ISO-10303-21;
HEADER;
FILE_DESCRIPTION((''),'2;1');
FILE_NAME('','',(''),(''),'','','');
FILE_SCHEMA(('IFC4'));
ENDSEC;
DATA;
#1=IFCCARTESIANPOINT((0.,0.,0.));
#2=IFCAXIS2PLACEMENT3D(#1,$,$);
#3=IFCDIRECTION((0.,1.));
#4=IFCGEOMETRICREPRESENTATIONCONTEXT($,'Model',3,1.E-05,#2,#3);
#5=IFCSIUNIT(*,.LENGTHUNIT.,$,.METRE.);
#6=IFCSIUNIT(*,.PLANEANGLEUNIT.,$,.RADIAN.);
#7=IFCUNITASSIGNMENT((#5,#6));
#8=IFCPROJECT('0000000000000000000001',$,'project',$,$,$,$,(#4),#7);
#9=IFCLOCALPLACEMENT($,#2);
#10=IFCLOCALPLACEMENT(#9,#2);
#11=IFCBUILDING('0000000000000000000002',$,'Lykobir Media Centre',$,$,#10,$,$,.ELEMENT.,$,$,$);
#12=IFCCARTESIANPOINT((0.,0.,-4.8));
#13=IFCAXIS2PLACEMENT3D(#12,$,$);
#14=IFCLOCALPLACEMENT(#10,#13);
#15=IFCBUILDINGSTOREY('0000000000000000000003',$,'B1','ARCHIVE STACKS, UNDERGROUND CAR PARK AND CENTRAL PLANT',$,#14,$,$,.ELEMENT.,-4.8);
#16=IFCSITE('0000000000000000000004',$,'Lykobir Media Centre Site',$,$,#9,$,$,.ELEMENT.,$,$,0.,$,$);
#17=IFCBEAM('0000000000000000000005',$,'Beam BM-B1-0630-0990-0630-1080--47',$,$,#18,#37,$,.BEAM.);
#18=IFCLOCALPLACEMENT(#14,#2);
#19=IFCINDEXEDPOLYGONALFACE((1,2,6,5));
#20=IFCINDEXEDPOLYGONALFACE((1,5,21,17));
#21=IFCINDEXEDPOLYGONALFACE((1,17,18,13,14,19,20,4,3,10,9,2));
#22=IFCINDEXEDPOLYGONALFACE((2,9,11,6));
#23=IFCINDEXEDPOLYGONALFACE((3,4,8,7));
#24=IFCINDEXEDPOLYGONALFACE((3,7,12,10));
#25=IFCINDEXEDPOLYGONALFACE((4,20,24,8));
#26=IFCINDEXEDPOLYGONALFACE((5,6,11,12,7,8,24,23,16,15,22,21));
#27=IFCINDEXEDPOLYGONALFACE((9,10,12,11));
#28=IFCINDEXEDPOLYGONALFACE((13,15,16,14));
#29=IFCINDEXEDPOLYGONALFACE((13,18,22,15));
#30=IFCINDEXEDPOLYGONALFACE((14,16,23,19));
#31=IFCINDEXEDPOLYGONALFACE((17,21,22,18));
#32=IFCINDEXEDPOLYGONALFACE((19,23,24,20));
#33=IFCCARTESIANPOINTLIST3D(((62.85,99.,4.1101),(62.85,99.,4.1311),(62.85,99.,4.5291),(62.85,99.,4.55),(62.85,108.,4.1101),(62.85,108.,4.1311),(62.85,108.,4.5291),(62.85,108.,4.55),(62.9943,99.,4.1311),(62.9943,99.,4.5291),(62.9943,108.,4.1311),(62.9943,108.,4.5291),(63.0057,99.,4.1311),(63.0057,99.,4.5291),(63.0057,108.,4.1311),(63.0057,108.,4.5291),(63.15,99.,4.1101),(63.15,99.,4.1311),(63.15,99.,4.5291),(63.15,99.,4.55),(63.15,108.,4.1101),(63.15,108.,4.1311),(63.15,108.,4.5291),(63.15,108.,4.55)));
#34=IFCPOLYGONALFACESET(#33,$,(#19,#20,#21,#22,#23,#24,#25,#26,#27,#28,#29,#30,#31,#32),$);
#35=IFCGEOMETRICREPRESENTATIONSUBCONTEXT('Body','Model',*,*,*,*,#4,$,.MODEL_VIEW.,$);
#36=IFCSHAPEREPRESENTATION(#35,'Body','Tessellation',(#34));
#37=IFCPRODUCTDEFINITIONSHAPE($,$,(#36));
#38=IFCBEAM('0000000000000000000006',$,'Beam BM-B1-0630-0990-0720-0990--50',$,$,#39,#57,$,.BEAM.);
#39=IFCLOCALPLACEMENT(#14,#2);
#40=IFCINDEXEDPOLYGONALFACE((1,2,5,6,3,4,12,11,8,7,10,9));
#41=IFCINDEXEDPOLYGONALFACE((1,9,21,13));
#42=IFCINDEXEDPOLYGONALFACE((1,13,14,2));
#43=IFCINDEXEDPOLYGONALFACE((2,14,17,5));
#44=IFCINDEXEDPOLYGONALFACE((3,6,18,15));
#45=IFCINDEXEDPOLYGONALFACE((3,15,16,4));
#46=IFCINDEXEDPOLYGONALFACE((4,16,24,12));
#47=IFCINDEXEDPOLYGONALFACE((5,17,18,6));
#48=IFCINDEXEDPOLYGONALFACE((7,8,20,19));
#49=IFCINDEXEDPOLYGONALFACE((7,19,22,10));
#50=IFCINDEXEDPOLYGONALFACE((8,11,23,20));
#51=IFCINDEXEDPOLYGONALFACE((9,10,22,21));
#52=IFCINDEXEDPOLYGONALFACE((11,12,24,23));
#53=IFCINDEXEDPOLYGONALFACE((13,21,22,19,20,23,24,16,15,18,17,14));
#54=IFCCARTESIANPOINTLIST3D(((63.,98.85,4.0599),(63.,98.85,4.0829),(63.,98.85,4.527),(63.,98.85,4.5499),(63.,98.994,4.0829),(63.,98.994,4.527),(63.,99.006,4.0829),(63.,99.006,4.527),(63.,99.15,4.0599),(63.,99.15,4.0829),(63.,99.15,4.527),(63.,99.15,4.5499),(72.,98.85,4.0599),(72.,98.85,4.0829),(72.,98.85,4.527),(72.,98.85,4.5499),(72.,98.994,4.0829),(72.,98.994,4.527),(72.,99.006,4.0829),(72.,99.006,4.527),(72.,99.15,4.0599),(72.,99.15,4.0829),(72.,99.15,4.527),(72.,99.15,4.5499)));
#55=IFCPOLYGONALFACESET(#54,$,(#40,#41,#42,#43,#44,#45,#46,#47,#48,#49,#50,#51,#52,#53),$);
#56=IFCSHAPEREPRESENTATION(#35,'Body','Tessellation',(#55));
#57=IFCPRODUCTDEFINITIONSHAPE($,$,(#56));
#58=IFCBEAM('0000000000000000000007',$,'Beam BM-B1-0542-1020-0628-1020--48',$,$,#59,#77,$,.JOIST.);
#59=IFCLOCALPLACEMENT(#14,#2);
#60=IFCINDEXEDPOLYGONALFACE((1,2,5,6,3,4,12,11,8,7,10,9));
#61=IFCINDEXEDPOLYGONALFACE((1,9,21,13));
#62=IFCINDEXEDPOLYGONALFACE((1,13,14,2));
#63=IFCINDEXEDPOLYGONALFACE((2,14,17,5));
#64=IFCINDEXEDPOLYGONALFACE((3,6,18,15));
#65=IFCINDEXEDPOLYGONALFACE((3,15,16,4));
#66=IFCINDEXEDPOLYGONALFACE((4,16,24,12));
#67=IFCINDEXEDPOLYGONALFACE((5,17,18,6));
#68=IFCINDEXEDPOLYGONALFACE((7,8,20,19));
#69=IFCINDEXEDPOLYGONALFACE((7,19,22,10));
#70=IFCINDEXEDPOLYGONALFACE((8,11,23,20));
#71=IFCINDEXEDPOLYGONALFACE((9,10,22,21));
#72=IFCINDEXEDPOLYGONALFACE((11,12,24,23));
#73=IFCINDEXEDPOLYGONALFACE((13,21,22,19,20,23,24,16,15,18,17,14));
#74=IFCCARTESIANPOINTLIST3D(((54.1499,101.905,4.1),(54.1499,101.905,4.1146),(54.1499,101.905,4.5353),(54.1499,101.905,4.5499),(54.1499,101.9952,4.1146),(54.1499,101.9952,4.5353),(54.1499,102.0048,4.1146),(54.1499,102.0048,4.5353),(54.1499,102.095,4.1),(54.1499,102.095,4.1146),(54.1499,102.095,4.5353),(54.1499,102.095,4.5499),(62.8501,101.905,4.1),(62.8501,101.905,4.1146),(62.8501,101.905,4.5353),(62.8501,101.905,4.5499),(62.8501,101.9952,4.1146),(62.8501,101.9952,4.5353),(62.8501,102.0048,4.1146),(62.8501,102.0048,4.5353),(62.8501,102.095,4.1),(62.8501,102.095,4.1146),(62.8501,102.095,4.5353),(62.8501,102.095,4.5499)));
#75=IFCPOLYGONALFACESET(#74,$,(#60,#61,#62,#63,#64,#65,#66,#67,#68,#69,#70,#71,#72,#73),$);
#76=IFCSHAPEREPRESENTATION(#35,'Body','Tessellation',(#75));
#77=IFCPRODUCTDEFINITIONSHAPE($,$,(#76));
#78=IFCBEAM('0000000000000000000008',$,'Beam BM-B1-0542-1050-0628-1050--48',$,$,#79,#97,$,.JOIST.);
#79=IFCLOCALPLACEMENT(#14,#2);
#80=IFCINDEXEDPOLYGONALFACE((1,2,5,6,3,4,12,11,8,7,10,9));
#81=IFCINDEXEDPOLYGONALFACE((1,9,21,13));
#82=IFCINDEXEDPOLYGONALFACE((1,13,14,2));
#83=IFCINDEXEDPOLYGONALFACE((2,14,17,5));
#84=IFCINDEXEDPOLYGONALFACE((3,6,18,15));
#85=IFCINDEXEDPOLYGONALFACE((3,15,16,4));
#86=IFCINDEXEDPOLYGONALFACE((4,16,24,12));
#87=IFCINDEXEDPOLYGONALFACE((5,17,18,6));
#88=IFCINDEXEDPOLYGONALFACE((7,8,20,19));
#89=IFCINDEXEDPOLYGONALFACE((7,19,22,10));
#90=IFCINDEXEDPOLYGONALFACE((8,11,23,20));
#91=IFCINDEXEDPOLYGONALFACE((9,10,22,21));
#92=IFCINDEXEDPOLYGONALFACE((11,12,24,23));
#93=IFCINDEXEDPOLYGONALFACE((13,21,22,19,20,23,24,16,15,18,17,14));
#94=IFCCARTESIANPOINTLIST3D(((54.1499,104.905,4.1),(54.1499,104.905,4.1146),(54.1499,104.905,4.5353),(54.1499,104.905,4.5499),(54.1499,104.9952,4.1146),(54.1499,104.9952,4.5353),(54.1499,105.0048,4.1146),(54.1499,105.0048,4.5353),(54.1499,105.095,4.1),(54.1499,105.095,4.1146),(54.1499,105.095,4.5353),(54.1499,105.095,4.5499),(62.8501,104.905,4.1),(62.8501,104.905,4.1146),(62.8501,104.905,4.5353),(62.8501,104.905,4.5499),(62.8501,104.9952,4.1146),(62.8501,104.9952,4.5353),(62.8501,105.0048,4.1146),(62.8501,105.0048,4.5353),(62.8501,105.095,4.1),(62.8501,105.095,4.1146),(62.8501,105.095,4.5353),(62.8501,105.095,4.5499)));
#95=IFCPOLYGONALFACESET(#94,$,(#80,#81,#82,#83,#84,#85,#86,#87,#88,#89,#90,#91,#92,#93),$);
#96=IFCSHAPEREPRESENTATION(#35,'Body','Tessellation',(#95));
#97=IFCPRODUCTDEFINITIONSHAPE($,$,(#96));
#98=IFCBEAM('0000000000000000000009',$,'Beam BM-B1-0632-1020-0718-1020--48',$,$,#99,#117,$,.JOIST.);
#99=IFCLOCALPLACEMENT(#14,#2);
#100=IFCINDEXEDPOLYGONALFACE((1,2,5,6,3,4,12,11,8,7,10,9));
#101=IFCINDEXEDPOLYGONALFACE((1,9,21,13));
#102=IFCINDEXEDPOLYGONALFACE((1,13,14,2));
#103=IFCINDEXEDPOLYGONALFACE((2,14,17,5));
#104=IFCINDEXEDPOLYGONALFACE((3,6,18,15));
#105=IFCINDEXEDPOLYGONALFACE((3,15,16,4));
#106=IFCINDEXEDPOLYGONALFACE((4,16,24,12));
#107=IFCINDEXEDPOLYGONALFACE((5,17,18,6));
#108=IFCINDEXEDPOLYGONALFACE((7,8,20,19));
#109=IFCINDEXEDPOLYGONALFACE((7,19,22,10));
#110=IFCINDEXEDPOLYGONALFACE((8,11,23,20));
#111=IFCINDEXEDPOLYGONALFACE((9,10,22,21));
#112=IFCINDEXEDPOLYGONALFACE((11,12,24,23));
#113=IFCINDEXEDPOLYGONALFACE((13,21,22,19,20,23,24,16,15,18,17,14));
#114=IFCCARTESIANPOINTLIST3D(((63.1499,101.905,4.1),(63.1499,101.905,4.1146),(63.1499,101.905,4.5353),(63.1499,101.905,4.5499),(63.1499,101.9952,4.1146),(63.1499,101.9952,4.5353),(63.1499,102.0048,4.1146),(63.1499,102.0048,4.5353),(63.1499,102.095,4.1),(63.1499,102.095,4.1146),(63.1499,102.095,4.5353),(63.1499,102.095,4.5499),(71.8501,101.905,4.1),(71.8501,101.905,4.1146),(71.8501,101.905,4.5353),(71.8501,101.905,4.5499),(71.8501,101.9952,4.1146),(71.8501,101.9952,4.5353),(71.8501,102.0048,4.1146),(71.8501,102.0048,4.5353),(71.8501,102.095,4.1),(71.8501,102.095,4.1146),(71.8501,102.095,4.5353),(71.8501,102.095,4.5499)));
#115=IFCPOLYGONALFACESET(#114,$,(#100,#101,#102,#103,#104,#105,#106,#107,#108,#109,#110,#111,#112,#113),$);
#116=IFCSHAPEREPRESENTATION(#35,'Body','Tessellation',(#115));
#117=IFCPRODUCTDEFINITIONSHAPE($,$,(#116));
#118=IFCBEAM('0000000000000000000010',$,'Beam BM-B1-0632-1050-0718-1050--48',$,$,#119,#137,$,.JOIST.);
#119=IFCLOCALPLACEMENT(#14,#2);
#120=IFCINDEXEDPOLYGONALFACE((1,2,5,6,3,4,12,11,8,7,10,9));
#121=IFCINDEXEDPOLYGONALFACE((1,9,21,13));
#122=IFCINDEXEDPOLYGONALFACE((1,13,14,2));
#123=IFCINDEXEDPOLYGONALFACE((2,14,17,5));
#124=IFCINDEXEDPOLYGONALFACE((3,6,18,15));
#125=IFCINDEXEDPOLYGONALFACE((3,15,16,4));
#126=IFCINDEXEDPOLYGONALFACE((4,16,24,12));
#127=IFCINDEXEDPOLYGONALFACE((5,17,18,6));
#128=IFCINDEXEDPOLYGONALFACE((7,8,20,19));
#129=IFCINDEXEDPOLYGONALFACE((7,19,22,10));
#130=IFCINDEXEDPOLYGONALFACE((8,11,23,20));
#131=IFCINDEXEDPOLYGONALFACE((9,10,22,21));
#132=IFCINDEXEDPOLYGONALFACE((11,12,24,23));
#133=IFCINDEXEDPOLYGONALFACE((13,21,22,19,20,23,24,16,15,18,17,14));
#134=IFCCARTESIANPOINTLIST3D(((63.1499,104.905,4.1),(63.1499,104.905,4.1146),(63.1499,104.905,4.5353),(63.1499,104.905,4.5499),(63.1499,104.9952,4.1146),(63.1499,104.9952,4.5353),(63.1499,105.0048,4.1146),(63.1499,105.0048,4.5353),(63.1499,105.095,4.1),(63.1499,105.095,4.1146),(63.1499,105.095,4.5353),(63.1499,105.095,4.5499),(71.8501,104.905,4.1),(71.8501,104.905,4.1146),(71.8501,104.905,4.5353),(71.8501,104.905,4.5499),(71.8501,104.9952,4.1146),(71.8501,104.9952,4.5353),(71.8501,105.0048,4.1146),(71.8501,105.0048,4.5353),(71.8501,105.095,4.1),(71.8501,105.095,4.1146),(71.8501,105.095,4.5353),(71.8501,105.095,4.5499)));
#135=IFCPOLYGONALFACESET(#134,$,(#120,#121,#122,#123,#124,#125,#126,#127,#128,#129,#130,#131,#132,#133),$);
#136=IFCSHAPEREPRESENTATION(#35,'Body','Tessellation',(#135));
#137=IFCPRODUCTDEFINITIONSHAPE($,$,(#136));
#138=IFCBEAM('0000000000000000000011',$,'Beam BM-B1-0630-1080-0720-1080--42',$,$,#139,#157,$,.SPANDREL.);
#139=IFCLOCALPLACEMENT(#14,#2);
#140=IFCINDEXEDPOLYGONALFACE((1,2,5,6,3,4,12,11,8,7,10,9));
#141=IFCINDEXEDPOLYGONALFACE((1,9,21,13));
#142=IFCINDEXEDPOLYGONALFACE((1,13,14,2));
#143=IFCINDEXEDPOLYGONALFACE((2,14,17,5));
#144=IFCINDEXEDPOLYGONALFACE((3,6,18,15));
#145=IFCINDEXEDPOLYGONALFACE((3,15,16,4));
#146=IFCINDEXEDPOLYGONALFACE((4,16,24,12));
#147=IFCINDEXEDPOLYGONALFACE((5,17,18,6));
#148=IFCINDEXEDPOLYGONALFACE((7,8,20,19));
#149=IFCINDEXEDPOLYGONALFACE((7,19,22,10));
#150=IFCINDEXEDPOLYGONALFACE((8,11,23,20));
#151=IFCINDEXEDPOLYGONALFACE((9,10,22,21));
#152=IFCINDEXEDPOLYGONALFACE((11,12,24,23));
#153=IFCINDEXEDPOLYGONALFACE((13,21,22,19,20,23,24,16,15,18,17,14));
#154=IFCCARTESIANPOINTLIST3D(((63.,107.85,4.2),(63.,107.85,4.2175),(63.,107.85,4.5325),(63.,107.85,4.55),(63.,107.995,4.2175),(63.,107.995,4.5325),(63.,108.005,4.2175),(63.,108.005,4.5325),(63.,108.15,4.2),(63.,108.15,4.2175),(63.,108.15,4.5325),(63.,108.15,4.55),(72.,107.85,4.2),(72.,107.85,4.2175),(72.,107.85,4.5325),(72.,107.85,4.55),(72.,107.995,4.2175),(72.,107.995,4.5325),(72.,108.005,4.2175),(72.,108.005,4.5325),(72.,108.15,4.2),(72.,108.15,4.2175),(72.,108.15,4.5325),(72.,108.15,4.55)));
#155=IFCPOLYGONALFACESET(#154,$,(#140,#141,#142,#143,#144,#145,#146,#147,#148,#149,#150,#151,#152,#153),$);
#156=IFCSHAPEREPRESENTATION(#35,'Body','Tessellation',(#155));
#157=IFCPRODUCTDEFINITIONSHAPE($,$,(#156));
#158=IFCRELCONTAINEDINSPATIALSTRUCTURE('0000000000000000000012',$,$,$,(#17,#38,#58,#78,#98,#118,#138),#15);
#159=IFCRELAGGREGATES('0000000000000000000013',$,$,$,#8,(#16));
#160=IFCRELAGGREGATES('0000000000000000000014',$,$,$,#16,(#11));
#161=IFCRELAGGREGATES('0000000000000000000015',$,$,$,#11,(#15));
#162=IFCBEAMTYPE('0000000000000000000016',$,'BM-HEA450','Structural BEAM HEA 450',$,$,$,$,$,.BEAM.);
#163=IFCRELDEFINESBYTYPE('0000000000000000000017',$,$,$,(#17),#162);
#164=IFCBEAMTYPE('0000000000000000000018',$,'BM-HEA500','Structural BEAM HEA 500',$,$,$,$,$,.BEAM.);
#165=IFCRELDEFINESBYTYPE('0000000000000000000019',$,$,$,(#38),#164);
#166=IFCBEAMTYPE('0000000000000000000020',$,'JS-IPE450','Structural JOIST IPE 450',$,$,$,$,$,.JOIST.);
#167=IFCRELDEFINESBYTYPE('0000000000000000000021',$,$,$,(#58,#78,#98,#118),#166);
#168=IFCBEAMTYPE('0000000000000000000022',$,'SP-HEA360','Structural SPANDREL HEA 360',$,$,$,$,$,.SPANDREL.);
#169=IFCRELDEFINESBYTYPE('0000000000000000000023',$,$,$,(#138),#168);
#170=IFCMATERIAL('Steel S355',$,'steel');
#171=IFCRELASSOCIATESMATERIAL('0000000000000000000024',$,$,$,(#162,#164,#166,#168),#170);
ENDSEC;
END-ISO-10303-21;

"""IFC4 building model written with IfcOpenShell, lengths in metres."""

from ifc_helpers import new_model, si_unit, direction, frame, origin, origin_2d, place, context, subcontext, project, spatial, i_section, extrude, material, material_profile, profile_set, type_object, element, save


model = new_model("IFC4")

# Units and contexts
model_context = context("Model", 3, precision=1e-05, world=origin(), true_north=direction((0.0, 1.0)))
body_context = subcontext(model_context, "Body", "Model", "MODEL_VIEW")
ifc_project = project(units=[si_unit("LENGTHUNIT", "METRE"), si_unit("PLANEANGLEUNIT", "RADIAN")], contexts=[model_context])

# Site, building, storey
site_placement = place(None, origin())
site = spatial("IfcSite", under=ifc_project, at=site_placement, Name="Lykobir Media Centre Site", CompositionType="ELEMENT", RefElevation=0.0)
building_placement = place(site_placement, origin())
building = spatial("IfcBuilding", under=site, at=building_placement, Name="Lykobir Media Centre", CompositionType="ELEMENT")
storey_placement = place(building_placement, frame((0.0, 0.0, -4.8)))
storey = spatial("IfcBuildingStorey", under=building, at=storey_placement, Name="B1", Description="ARCHIVE STACKS, UNDERGROUND CAR PARK AND CENTRAL PLANT", CompositionType="ELEMENT", Elevation=-4.8)

# Shared definitions
ifc_material_1 = material(Name="Steel S355", Category="steel")

# Beams
ifc_material_profile_1 = material_profile(ifc_material_1, i_section(OverallWidth=0.3, OverallDepth=0.4399, WebThickness=0.0115, FlangeThickness=0.021, at=origin_2d()), Name="HEA 450")
ifc_profile_set_1 = profile_set([ifc_material_profile_1], Name="Steel S355")
beam_type_1 = type_object("IfcBeamType", Name="BM-HEA450", Description="Structural BEAM HEA 450", PredefinedType="BEAM", material=ifc_profile_set_1)
beam_1_placement = place(storey_placement, frame((63.0, 99.0, 4.3301), z_axis=(0.0, 1.0, 0.0), x_axis=(-1.0, 0.0, 0.0)))
element("IfcBeam", 1, at=beam_1_placement, inside=storey, type_object=beam_type_1, Name="Beam BM-B1-0630-0990-0630-1080--47", PredefinedType="BEAM", context=body_context, shape_type="SweptSolid", body=[
    extrude(i_section(OverallWidth=0.3, OverallDepth=0.4399, WebThickness=0.0115, FlangeThickness=0.021, at=origin_2d()), origin(), (0.0, 0.0, 1.0), 9.0),
])
ifc_material_profile_2 = material_profile(ifc_material_1, i_section(OverallWidth=0.3, OverallDepth=0.49, WebThickness=0.012, FlangeThickness=0.0229, at=origin_2d()), Name="HEA 500")
ifc_profile_set_2 = profile_set([ifc_material_profile_2], Name="Steel S355")
beam_type_2 = type_object("IfcBeamType", Name="BM-HEA500", Description="Structural BEAM HEA 500", PredefinedType="BEAM", material=ifc_profile_set_2)
beam_2_placement = place(storey_placement, frame((63.0, 99.0, 4.3049), z_axis=(1.0, 0.0, 0.0), x_axis=(0.0, 1.0, 0.0)))
element("IfcBeam", 2, at=beam_2_placement, inside=storey, type_object=beam_type_2, Name="Beam BM-B1-0630-0990-0720-0990--50", PredefinedType="BEAM", context=body_context, shape_type="SweptSolid", body=[
    extrude(i_section(OverallWidth=0.3, OverallDepth=0.49, WebThickness=0.012, FlangeThickness=0.0229, at=origin_2d()), origin(), (0.0, 0.0, 1.0), 9.0),
])
ifc_material_profile_3 = material_profile(ifc_material_1, i_section(OverallWidth=0.1899, OverallDepth=0.45, WebThickness=0.0095, FlangeThickness=0.0146, at=origin_2d()), Name="IPE 450")
ifc_profile_set_3 = profile_set([ifc_material_profile_3], Name="Steel S355")
beam_type_3 = type_object("IfcBeamType", Name="JS-IPE450", Description="Structural JOIST IPE 450", PredefinedType="JOIST", material=ifc_profile_set_3)
for number, where, z_axis, x_axis, name in (
    (3, (54.1499, 102.0, 4.325), (1.0, 0.0, 0.0), (0.0, 1.0, 0.0), "Beam BM-B1-0542-1020-0628-1020--48"),
    (4, (54.1499, 105.0, 4.325), (1.0, 0.0, 0.0), (0.0, 1.0, 0.0), "Beam BM-B1-0542-1050-0628-1050--48"),
    (5, (63.1499, 102.0, 4.325), (1.0, 0.0, 0.0), (0.0, 1.0, 0.0), "Beam BM-B1-0632-1020-0718-1020--48"),
    (6, (63.1499, 105.0, 4.325), (1.0, 0.0, 0.0), (0.0, 1.0, 0.0), "Beam BM-B1-0632-1050-0718-1050--48"),
):
    element("IfcBeam", number, at=place(storey_placement, frame(where, z_axis=z_axis, x_axis=x_axis)), inside=storey, type_object=beam_type_3, Name=name, PredefinedType="JOIST", context=body_context, shape_type="SweptSolid", body=[
        extrude(i_section(OverallWidth=0.1899, OverallDepth=0.45, WebThickness=0.0095, FlangeThickness=0.0146, at=origin_2d()), origin(), (0.0, 0.0, 1.0), 8.7002),
    ])
ifc_material_profile_4 = material_profile(ifc_material_1, i_section(OverallWidth=0.3, OverallDepth=0.3501, WebThickness=0.01, FlangeThickness=0.0176, at=origin_2d()), Name="HEA 360")
ifc_profile_set_4 = profile_set([ifc_material_profile_4], Name="Steel S355")
beam_type_4 = type_object("IfcBeamType", Name="SP-HEA360", Description="Structural SPANDREL HEA 360", PredefinedType="SPANDREL", material=ifc_profile_set_4)
beam_3_placement = place(storey_placement, frame((63.0, 108.0, 4.375), z_axis=(1.0, 0.0, 0.0), x_axis=(0.0, 1.0, 0.0)))
element("IfcBeam", 7, at=beam_3_placement, inside=storey, type_object=beam_type_4, Name="Beam BM-B1-0630-1080-0720-1080--42", PredefinedType="SPANDREL", context=body_context, shape_type="SweptSolid", body=[
    extrude(i_section(OverallWidth=0.3, OverallDepth=0.3501, WebThickness=0.01, FlangeThickness=0.0176, at=origin_2d()), origin(), (0.0, 0.0, 1.0), 9.0),
])

save(model, "model.ifc")
